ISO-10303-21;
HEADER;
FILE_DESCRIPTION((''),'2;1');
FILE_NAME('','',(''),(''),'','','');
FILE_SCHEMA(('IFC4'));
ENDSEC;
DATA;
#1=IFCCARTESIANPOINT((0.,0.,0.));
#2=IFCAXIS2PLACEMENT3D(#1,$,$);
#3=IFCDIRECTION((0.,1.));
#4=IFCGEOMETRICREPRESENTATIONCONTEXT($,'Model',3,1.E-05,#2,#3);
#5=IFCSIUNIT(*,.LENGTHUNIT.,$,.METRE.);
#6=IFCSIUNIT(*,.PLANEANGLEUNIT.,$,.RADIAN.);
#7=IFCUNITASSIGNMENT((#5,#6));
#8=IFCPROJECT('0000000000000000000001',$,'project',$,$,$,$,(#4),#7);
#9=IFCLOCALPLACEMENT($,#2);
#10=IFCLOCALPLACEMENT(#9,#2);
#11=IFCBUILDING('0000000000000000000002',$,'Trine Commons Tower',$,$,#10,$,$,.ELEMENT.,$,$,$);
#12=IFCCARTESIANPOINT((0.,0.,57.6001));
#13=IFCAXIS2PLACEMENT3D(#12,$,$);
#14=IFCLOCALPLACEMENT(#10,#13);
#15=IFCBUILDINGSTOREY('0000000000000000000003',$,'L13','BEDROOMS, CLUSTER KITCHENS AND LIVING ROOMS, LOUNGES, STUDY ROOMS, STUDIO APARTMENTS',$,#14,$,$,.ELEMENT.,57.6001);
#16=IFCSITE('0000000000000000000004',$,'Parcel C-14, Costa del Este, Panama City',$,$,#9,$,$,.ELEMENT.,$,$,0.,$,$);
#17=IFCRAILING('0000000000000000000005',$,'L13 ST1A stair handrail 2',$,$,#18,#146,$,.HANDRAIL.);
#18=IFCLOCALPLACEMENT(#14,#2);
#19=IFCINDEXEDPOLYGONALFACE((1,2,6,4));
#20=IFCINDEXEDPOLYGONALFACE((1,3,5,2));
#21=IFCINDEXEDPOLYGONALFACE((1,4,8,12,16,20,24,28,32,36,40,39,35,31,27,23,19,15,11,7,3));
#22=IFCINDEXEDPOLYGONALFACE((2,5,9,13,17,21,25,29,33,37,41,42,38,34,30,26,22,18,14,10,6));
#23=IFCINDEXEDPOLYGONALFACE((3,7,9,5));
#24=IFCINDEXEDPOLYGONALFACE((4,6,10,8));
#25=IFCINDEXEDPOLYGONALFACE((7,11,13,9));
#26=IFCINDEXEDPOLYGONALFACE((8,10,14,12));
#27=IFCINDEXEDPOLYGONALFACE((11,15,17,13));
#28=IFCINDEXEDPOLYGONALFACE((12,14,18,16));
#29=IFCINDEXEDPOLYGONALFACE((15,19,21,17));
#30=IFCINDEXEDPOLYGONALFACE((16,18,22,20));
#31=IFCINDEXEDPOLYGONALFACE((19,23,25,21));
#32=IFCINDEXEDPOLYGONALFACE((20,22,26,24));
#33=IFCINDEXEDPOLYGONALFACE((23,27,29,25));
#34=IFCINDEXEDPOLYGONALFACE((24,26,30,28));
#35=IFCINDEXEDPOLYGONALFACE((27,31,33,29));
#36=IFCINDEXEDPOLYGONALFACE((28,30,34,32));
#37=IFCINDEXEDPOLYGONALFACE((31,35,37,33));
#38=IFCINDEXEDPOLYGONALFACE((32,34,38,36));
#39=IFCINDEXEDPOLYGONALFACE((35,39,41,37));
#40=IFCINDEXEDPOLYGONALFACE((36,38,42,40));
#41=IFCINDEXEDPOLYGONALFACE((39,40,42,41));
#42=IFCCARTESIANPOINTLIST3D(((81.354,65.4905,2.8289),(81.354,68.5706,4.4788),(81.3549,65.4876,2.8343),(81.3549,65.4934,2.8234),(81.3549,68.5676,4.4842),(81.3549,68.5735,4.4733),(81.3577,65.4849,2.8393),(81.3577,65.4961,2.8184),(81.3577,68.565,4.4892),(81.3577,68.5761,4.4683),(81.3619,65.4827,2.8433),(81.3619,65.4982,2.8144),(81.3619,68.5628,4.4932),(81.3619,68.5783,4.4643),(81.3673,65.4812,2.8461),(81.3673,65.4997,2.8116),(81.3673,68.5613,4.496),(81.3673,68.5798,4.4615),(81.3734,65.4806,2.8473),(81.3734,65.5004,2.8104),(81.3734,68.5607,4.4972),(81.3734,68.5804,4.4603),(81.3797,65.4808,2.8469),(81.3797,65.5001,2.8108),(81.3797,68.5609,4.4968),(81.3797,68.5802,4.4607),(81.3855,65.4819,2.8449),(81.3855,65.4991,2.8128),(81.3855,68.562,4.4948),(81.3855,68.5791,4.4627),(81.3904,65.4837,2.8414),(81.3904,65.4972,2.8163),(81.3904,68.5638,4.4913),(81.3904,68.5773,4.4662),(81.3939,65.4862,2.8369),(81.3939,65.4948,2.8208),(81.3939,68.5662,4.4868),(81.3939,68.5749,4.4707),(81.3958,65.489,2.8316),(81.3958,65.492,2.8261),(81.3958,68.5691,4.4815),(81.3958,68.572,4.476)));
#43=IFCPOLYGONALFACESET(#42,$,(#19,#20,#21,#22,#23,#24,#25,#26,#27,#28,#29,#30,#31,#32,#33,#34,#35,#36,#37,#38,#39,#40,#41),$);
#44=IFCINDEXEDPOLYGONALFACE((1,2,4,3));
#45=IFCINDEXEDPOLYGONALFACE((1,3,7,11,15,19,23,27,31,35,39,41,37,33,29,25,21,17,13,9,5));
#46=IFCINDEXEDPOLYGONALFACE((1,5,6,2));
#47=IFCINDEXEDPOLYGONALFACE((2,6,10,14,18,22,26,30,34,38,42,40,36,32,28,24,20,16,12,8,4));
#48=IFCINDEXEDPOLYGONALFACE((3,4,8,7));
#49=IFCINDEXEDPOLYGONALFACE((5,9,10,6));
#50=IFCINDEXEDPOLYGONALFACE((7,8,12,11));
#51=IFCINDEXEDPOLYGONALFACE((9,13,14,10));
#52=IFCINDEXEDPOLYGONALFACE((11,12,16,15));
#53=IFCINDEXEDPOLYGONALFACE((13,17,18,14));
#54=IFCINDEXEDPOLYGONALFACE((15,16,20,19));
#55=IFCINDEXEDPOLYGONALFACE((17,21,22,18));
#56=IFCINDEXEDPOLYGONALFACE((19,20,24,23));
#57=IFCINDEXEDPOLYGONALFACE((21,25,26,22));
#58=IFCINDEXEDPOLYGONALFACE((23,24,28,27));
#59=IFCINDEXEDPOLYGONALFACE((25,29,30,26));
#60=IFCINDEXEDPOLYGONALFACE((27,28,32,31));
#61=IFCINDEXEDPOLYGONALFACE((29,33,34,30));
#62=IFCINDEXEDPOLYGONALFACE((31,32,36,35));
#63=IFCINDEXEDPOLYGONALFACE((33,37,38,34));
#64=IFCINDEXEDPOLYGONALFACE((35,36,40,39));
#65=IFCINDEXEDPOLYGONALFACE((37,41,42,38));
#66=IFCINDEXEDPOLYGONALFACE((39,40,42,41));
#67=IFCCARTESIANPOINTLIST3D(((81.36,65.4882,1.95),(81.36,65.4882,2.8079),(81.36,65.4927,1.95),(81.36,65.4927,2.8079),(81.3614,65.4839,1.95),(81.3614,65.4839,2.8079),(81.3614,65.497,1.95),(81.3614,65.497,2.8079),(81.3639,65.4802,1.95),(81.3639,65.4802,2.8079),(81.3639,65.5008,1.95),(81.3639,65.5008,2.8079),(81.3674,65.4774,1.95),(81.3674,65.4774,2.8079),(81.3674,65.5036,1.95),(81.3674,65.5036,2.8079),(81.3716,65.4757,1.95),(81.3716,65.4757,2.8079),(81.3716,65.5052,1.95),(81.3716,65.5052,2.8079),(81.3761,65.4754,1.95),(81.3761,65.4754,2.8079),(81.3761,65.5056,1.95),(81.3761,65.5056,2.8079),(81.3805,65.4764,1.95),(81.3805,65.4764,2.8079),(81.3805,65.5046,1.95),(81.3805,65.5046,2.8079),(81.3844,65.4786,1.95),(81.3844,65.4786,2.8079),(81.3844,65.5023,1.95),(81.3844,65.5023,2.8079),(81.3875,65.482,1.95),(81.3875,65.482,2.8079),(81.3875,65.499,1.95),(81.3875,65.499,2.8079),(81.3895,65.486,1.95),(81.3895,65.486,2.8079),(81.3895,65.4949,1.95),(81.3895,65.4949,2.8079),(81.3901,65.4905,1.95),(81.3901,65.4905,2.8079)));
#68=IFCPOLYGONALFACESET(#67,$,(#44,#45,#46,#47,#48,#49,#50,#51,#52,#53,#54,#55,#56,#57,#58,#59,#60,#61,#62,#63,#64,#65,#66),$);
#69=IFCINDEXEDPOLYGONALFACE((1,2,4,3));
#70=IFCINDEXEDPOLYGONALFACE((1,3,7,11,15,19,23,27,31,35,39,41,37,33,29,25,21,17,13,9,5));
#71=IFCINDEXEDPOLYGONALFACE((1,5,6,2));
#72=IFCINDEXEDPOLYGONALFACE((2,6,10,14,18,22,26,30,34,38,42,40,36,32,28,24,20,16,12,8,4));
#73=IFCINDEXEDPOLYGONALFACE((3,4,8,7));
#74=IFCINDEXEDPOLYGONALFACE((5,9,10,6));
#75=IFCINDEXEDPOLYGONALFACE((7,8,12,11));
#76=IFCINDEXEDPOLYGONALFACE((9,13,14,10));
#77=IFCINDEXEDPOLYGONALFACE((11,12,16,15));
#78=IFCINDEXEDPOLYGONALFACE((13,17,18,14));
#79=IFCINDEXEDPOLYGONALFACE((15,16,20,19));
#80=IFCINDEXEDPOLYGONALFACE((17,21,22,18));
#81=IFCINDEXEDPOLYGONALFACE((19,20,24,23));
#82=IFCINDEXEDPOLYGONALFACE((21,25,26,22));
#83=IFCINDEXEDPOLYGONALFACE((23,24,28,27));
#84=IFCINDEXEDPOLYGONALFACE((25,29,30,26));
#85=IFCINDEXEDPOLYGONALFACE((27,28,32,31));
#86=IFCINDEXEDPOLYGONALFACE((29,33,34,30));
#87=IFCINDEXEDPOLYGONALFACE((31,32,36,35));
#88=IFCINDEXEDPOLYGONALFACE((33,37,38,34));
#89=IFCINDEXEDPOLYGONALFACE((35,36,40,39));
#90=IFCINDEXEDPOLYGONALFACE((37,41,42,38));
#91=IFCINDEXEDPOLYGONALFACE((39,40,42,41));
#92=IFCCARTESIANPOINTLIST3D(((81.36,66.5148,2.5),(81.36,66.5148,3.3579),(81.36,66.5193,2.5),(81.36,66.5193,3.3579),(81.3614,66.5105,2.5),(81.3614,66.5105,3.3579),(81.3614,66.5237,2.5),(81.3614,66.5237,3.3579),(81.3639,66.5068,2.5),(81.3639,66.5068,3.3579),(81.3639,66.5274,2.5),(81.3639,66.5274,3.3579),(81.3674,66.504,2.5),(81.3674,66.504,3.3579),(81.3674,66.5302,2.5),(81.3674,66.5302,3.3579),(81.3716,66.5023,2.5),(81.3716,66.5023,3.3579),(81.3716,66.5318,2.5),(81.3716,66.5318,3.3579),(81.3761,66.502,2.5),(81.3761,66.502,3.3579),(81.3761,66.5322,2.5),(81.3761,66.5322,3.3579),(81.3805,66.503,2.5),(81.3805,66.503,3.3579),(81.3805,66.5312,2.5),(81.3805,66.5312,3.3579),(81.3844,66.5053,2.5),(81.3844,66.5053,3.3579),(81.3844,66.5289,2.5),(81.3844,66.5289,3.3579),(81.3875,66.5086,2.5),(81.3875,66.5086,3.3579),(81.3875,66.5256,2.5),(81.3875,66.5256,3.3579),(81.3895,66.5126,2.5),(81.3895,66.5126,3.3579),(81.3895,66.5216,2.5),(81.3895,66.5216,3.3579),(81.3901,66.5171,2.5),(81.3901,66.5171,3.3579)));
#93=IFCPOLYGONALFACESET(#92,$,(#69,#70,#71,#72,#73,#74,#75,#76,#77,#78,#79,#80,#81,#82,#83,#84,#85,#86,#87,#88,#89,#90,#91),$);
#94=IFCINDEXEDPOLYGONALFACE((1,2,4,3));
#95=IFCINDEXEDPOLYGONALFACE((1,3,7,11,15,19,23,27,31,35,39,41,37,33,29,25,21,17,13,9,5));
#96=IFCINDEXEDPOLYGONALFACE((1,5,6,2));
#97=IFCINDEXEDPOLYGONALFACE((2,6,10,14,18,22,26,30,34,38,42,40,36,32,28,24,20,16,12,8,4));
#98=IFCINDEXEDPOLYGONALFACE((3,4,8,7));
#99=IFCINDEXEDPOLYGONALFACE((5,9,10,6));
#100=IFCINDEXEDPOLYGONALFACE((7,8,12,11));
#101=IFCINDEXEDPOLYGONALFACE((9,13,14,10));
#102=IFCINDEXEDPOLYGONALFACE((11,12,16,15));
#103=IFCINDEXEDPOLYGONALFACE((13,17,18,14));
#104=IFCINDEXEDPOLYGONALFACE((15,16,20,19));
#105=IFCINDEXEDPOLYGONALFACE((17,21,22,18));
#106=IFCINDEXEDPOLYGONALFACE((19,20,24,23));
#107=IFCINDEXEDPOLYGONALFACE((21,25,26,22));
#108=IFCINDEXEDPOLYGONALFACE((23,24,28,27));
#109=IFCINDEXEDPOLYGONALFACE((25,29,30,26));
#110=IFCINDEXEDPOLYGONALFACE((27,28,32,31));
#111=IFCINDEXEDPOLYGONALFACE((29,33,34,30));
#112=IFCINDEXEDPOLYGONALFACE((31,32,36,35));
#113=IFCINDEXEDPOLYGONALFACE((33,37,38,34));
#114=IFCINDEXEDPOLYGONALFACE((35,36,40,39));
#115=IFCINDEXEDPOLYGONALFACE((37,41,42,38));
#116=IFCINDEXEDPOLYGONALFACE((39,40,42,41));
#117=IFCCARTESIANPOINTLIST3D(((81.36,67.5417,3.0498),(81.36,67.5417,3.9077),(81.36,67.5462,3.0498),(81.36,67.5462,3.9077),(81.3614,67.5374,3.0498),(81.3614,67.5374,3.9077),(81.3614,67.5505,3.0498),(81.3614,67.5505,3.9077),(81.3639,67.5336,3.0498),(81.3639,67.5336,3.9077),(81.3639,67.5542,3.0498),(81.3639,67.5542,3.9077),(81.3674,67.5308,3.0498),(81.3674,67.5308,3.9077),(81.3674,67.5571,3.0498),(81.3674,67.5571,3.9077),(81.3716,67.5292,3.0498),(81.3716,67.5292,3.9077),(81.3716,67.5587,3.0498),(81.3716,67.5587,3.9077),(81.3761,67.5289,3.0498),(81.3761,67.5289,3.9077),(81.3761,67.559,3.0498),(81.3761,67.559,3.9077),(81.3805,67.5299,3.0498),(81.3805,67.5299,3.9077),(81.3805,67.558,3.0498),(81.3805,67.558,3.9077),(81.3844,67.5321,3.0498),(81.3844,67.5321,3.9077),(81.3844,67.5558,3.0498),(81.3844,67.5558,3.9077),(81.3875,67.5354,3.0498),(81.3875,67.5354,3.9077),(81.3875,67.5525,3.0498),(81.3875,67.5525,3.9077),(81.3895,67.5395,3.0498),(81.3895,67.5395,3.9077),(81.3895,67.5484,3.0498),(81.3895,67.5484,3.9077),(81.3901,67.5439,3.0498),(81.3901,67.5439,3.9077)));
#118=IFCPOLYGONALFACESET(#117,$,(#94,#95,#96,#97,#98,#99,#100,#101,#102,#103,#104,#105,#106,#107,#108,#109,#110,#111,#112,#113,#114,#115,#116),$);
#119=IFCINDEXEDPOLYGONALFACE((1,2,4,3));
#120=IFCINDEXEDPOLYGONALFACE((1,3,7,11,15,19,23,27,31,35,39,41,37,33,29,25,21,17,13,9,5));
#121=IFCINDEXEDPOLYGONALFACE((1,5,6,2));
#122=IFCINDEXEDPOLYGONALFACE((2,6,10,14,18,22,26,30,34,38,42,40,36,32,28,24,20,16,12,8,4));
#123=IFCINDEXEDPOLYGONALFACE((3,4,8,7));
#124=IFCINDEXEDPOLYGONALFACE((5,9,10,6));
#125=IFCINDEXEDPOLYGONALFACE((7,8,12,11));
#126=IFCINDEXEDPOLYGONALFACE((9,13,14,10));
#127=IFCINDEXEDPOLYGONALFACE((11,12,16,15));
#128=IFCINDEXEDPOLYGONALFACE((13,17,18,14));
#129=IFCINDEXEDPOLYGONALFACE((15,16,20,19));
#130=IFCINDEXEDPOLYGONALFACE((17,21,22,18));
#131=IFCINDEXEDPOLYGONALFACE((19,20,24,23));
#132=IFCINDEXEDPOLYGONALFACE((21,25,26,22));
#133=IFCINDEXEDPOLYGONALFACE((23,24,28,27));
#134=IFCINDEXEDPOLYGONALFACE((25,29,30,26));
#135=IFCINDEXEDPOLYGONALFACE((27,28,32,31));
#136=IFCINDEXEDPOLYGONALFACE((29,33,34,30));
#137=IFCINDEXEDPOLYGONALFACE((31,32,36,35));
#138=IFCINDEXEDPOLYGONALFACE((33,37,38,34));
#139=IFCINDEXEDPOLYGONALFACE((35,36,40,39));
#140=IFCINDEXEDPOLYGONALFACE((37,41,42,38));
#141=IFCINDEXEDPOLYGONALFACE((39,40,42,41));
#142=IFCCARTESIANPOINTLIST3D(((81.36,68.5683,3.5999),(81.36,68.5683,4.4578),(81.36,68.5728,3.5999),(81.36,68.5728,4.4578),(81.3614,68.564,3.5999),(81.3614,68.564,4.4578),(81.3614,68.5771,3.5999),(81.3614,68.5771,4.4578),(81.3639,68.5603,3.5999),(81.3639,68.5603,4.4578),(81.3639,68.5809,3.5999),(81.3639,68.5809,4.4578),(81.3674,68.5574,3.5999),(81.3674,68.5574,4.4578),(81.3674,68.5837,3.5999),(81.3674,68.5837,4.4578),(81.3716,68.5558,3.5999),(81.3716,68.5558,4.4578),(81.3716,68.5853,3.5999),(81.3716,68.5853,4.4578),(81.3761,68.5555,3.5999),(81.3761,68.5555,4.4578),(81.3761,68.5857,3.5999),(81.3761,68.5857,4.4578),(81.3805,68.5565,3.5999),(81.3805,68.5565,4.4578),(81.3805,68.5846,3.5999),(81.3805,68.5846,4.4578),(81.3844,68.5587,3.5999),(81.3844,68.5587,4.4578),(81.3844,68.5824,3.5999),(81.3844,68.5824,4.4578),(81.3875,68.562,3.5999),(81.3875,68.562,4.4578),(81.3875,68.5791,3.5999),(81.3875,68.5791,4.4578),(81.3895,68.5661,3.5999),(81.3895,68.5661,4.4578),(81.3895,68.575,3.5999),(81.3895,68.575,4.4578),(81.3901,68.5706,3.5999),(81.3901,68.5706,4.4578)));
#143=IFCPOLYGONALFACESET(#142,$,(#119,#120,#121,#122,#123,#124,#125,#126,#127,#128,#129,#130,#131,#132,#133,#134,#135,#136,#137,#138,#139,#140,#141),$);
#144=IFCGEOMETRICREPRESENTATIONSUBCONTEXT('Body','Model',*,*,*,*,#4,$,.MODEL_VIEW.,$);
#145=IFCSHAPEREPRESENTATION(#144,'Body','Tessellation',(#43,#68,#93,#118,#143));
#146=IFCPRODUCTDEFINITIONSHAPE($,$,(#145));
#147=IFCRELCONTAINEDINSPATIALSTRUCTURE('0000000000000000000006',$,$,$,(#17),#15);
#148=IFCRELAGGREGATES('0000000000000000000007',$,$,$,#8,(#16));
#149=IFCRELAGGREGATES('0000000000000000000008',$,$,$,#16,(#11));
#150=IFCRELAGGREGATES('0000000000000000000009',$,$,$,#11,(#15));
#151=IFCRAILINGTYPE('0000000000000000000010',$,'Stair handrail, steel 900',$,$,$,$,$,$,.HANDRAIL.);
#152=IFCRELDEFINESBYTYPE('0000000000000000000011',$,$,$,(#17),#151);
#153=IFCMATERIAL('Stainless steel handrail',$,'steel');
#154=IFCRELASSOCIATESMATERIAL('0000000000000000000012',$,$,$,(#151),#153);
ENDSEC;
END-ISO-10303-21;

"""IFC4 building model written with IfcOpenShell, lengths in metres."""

from ifc_helpers import new_model, si_unit, direction, frame, origin, origin_2d, place, context, subcontext, project, spatial, circle, extrude, material, type_object, element, save


model = new_model("IFC4")

# Units and contexts
model_context = context("Model", 3, precision=1e-05, world=origin(), true_north=direction((0.0, 1.0)))
body_context = subcontext(model_context, "Body", "Model", "MODEL_VIEW")
ifc_project = project(units=[si_unit("LENGTHUNIT", "METRE"), si_unit("PLANEANGLEUNIT", "RADIAN")], contexts=[model_context])

# Site, building, storey
site_placement = place(None, origin())
site = spatial("IfcSite", under=ifc_project, at=site_placement, Name="Parcel C-14, Costa del Este, Panama City", CompositionType="ELEMENT", RefElevation=0.0)
building_placement = place(site_placement, origin())
building = spatial("IfcBuilding", under=site, at=building_placement, Name="Trine Commons Tower", CompositionType="ELEMENT")
storey_placement = place(building_placement, frame((0.0, 0.0, 57.6001)))
storey = spatial("IfcBuildingStorey", under=building, at=storey_placement, Name="L13", Description="BEDROOMS, CLUSTER KITCHENS AND LIVING ROOMS, LOUNGES, STUDY ROOMS, STUDIO APARTMENTS", CompositionType="ELEMENT", Elevation=57.6001)

# Railing
ifc_material_1 = material(Name="Stainless steel handrail", Category="steel")
railing_type_1 = type_object("IfcRailingType", Name="Stair handrail, steel 900", PredefinedType="HANDRAIL", material=ifc_material_1)
railing_1_placement = place(storey_placement, frame((81.375, 65.4905, 1.95)))
element("IfcRailing", 1, at=railing_1_placement, inside=storey, type_object=railing_type_1, Name="L13 ST1A stair handrail 2", PredefinedType="HANDRAIL", context=body_context, shape_type="SweptSolid", body=[
    extrude(circle(Radius=0.021, at=origin_2d()), frame((0.0, 0.0, 0.8789), z_axis=(0.0, 0.881497, 0.47219), x_axis=(-1.0, 0.0, 0.0)), (0.0, 0.0, 1.0), 3.4941),
    extrude(circle(Radius=0.0151, at=origin_2d()), origin(), (0.0, 0.0, 1.0), 0.8579),
    extrude(circle(Radius=0.0151, at=origin_2d()), frame((0.0, 1.0266, 0.55)), (0.0, 0.0, 1.0), 0.8579),
    extrude(circle(Radius=0.0151, at=origin_2d()), frame((0.0, 2.0535, 1.0999)), (0.0, 0.0, 1.0), 0.8579),
    extrude(circle(Radius=0.0151, at=origin_2d()), frame((0.0, 3.0801, 1.6499)), (0.0, 0.0, 1.0), 0.8579),
])

save(model, "model.ifc")
